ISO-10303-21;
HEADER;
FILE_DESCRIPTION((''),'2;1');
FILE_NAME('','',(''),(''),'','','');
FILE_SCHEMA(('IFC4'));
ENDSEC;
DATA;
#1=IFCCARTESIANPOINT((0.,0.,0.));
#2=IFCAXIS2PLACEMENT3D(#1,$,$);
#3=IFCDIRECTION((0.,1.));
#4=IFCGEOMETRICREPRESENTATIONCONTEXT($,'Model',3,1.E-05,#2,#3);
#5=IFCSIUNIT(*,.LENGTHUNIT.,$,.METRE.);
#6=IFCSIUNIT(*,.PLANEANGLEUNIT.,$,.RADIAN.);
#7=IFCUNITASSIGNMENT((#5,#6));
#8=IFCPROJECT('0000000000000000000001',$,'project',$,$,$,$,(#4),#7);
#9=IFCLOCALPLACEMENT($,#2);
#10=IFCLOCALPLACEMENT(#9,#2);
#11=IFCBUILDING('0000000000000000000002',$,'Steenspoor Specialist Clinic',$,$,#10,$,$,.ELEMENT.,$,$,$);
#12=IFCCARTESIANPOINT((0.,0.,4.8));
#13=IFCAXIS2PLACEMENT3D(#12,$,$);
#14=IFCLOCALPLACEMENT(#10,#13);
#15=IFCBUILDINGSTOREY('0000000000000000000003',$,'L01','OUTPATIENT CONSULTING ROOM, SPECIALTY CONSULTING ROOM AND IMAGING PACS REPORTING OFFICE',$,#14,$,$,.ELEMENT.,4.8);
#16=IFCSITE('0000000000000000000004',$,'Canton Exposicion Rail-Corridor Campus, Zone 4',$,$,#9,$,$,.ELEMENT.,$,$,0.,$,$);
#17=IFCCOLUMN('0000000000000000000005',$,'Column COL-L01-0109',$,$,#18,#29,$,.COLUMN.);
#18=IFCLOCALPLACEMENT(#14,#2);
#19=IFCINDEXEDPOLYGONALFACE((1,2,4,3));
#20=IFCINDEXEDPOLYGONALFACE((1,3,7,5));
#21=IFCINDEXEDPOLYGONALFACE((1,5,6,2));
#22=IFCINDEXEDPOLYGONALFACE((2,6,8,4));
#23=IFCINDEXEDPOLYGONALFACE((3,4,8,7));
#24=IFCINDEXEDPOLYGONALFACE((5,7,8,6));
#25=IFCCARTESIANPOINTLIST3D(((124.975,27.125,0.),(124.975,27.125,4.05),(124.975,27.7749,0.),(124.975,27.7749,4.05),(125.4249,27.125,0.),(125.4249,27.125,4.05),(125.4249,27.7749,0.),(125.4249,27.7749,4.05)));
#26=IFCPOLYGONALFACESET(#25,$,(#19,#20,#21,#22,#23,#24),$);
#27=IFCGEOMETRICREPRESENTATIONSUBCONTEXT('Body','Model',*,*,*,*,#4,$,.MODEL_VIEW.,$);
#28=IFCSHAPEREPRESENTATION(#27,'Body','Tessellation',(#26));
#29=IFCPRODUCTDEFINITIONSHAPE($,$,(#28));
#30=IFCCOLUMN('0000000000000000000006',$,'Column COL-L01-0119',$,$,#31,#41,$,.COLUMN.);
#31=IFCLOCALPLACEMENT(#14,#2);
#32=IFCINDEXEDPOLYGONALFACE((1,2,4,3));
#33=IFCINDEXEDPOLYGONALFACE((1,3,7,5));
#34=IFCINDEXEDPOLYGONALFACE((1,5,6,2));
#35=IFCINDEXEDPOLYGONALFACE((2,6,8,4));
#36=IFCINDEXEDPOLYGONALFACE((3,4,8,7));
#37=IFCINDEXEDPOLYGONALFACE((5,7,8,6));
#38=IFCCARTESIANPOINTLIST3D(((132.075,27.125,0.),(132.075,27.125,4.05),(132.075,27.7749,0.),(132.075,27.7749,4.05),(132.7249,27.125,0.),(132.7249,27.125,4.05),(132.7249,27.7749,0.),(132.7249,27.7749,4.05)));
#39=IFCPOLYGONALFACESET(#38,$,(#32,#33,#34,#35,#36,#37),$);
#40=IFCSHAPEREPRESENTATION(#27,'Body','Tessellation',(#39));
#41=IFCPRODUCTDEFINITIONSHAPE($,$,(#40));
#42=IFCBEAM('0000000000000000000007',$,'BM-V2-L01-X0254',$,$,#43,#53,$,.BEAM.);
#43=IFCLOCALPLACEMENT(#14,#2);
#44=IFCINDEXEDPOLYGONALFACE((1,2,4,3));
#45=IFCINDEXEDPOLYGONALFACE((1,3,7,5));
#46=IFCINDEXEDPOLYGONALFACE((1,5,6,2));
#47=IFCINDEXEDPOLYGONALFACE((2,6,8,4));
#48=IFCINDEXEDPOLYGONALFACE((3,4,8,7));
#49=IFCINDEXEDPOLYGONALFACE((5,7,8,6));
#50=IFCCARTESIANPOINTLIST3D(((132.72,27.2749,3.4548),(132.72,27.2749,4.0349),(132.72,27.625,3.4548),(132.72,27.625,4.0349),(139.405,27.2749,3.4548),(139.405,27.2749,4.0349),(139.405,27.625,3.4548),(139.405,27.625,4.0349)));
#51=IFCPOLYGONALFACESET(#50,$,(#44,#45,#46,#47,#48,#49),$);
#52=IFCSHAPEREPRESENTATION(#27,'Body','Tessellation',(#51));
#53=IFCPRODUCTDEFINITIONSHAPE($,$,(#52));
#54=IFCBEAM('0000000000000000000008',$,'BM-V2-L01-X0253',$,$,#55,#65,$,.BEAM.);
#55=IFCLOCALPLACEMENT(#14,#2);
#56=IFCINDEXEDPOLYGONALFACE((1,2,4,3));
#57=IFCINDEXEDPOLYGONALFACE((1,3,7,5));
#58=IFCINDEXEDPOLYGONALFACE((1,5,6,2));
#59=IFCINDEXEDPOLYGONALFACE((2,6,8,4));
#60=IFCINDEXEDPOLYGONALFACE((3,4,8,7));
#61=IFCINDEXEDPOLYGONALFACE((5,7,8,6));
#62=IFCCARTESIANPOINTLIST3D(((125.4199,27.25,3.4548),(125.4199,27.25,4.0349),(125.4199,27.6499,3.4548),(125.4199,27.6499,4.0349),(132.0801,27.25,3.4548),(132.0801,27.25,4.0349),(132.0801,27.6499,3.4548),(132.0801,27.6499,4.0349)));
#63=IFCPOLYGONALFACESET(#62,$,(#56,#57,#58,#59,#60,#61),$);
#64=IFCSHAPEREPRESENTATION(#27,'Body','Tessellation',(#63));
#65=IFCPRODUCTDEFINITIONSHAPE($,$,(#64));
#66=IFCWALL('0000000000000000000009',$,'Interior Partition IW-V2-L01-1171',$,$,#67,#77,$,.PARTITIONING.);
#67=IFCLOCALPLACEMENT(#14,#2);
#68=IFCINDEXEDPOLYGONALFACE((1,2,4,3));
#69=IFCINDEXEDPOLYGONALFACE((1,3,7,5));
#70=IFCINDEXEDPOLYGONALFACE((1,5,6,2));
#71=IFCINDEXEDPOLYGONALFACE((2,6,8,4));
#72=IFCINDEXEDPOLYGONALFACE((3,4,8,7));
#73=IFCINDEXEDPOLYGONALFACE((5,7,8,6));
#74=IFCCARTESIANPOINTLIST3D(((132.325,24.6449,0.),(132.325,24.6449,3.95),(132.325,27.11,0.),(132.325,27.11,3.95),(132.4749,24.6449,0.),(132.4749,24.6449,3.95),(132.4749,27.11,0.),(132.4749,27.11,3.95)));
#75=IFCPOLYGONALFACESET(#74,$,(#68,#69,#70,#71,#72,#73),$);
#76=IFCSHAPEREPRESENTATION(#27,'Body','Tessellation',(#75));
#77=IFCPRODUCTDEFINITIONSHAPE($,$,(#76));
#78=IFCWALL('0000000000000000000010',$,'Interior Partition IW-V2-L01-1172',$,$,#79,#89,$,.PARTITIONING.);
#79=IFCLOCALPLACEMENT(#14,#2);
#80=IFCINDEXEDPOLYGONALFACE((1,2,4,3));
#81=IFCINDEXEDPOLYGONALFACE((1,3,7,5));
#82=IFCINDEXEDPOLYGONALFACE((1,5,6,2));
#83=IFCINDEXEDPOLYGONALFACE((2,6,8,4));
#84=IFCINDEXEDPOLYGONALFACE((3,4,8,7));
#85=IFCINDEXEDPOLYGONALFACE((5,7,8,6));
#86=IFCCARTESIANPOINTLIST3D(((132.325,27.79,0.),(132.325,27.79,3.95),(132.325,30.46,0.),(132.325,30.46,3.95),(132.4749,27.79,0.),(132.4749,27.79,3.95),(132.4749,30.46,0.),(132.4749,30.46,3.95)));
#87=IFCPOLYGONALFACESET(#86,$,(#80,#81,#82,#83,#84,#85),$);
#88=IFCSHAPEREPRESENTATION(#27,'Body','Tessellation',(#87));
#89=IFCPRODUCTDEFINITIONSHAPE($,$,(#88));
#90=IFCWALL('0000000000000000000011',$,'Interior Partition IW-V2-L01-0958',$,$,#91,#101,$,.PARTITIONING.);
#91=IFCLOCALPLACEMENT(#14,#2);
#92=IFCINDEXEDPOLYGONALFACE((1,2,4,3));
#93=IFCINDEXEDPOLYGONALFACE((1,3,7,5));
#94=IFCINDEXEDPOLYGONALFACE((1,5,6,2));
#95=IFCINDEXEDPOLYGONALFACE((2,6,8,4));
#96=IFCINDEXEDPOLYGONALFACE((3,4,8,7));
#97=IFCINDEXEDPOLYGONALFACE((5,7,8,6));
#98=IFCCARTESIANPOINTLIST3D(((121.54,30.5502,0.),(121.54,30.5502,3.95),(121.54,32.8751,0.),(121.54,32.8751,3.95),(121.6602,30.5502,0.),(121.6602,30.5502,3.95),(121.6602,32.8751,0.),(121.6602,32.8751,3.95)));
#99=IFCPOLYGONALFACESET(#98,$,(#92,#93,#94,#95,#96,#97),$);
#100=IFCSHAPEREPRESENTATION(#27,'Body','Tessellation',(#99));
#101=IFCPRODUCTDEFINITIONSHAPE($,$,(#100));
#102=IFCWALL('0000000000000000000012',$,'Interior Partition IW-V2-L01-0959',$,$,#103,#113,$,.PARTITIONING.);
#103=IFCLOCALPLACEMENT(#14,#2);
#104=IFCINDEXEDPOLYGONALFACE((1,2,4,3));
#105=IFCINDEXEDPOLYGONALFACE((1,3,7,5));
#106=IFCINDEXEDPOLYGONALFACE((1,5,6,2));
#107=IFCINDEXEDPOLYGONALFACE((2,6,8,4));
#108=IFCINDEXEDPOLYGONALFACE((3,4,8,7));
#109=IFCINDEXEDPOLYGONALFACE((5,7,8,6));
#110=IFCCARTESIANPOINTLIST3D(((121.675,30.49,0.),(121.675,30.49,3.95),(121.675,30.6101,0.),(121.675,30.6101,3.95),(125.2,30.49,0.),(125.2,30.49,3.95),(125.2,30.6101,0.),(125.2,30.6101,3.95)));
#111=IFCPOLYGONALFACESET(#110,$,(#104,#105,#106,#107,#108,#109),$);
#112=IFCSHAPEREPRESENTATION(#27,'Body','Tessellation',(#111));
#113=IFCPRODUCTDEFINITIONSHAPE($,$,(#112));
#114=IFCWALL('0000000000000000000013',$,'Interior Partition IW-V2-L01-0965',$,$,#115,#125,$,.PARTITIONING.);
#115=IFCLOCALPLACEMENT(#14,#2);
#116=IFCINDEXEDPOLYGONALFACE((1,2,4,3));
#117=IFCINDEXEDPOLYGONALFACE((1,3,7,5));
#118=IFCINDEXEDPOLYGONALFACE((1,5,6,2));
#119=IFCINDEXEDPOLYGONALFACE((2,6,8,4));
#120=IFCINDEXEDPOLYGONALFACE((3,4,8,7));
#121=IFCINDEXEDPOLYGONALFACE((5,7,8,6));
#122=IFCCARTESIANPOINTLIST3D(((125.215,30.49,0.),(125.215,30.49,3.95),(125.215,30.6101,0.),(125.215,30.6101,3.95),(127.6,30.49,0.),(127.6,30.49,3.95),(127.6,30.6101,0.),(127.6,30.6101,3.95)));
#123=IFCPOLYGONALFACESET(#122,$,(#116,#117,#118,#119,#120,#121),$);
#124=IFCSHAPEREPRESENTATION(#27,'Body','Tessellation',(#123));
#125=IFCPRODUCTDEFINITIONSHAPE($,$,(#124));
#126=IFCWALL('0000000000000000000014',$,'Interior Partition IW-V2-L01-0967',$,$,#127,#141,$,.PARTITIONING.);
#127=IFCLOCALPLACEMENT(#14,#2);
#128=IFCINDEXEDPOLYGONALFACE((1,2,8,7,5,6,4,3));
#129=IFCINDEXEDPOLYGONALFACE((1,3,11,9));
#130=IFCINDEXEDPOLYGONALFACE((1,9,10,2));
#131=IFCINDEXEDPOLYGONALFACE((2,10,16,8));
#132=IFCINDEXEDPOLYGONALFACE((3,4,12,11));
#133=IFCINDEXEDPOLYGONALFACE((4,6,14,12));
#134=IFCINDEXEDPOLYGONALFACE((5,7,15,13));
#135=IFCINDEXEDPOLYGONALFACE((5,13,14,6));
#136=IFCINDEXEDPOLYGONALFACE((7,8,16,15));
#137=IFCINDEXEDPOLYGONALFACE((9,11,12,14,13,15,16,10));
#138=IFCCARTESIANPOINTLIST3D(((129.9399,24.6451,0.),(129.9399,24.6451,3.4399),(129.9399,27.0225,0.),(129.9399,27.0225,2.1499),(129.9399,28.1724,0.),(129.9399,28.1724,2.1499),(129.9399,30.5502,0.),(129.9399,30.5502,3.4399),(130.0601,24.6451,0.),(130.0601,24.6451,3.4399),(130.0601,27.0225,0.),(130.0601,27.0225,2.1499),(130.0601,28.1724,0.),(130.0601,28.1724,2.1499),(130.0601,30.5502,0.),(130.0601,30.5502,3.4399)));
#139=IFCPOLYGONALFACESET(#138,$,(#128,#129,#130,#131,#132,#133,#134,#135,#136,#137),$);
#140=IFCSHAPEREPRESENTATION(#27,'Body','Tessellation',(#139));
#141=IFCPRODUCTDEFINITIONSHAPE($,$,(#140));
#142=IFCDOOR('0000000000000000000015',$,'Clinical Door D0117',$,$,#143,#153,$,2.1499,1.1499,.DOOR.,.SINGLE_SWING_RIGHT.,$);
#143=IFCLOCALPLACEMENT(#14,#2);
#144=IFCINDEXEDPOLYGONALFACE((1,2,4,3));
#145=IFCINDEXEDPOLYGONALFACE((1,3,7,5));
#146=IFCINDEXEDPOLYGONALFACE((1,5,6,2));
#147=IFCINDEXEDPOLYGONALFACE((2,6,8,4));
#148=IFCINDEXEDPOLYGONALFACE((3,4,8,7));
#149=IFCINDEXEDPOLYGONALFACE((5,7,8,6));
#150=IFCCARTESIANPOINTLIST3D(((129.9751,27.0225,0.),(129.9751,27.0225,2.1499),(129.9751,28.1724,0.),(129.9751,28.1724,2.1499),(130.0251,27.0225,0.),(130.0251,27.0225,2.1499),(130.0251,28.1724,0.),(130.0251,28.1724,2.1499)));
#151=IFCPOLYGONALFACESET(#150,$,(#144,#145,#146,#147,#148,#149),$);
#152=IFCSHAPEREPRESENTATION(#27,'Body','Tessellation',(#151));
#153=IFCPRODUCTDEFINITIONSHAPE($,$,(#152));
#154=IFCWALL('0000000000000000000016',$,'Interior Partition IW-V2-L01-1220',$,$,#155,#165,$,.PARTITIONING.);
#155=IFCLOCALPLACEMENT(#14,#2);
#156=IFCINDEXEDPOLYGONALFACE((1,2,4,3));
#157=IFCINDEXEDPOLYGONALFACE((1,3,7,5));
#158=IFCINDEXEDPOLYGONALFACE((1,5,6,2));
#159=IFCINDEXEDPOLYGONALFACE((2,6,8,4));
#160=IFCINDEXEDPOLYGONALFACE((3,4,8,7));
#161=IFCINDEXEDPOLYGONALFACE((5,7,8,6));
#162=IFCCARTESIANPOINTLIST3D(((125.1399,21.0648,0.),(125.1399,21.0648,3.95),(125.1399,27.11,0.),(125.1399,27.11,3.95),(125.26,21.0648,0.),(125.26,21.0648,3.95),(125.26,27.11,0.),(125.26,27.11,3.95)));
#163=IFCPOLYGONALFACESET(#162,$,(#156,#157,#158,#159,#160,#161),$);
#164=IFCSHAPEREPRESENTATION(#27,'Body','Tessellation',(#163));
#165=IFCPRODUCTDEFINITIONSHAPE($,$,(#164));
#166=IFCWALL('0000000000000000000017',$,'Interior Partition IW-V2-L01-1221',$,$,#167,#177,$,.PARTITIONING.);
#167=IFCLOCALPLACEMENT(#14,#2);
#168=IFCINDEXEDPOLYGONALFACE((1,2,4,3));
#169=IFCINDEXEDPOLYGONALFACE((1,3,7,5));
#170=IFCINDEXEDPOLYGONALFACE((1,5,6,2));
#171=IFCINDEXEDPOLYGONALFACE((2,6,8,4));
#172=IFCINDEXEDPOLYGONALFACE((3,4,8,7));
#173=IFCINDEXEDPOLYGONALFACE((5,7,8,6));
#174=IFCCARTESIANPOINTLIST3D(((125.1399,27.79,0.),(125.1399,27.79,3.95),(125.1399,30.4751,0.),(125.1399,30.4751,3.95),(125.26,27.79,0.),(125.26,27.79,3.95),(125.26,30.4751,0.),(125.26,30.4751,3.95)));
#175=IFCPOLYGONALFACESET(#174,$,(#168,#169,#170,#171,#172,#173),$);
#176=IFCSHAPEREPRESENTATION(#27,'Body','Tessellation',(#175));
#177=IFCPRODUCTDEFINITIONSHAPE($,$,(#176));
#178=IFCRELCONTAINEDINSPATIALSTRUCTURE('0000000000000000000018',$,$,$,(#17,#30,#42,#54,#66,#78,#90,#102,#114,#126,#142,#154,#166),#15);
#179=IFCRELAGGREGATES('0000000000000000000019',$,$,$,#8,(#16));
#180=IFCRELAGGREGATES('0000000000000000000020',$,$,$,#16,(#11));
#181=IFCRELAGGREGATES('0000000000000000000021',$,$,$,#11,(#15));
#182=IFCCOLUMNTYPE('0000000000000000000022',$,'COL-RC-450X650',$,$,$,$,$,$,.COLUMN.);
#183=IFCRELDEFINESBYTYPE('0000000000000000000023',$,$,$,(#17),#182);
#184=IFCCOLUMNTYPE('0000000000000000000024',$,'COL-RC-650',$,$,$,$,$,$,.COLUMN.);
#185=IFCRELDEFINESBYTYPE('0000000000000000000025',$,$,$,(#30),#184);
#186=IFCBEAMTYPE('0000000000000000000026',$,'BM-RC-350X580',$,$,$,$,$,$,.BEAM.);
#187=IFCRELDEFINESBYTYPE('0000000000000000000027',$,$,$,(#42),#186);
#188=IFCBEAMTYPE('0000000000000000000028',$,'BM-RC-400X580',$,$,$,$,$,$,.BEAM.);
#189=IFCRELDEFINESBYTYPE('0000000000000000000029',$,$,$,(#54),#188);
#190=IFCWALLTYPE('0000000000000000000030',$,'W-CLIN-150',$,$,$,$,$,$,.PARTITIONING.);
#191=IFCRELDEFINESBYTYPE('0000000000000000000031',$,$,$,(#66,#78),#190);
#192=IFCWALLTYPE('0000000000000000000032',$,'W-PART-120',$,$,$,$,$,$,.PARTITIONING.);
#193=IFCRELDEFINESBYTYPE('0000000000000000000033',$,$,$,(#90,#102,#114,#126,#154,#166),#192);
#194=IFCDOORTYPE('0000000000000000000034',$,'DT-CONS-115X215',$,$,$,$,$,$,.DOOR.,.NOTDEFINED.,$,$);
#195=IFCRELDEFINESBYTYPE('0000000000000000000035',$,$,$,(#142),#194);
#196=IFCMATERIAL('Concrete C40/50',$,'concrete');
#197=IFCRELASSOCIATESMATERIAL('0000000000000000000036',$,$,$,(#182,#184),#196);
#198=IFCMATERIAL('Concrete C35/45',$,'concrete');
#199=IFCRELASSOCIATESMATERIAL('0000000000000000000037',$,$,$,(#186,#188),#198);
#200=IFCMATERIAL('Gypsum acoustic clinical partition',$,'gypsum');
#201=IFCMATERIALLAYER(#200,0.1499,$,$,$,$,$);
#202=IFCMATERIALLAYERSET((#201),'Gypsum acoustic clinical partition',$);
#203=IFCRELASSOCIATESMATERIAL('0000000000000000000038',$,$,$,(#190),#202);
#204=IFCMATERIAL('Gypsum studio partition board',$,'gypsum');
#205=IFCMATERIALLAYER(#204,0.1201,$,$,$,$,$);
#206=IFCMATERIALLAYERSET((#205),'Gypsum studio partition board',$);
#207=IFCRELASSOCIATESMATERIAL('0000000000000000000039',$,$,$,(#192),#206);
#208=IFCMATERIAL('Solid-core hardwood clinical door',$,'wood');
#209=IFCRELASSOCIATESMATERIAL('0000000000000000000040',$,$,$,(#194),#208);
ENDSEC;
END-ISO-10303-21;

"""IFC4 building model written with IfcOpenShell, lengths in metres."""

from ifc_helpers import new_model, si_unit, direction, frame, frame_2d, origin, origin_2d, place, context, subcontext, project, spatial, rectangle, extrude, material, layer, layer_set, material_profile, profile_set, type_object, element, fill, save


model = new_model("IFC4")

# Units and contexts
model_context = context("Model", 3, precision=1e-05, world=origin(), true_north=direction((0.0, 1.0)))
body_context = subcontext(model_context, "Body", "Model", "MODEL_VIEW")
ifc_project = project(units=[si_unit("LENGTHUNIT", "METRE"), si_unit("PLANEANGLEUNIT", "RADIAN")], contexts=[model_context])

# Site, building, storey
site_placement = place(None, origin())
site = spatial("IfcSite", under=ifc_project, at=site_placement, Name="Canton Exposicion Rail-Corridor Campus, Zone 4", CompositionType="ELEMENT", RefElevation=0.0)
building_placement = place(site_placement, origin())
building = spatial("IfcBuilding", under=site, at=building_placement, Name="Steenspoor Specialist Clinic", CompositionType="ELEMENT")
storey_placement = place(building_placement, frame((0.0, 0.0, 4.8)))
storey = spatial("IfcBuildingStorey", under=building, at=storey_placement, Name="L01", Description="OUTPATIENT CONSULTING ROOM, SPECIALTY CONSULTING ROOM AND IMAGING PACS REPORTING OFFICE", CompositionType="ELEMENT", Elevation=4.8)

# Columns
ifc_material_1 = material(Name="Concrete C40/50", Category="concrete")
ifc_material_profile_1 = material_profile(ifc_material_1, rectangle(XDim=0.45, YDim=0.6499, at=origin_2d()), Name="RC-COL-450X650")
ifc_profile_set_1 = profile_set([ifc_material_profile_1], Name="Concrete C40/50")
column_type_1 = type_object("IfcColumnType", Name="COL-RC-450X650", PredefinedType="COLUMN", material=ifc_profile_set_1)
column_1_placement = place(storey_placement, frame((125.2, 27.45, 0.0), z_axis=(0.0, 0.0, 1.0), x_axis=(1.0, 0.0, 0.0)))
element("IfcColumn", 1, at=column_1_placement, inside=storey, type_object=column_type_1, Name="Column COL-L01-0109", PredefinedType="COLUMN", context=body_context, shape_type="SweptSolid", body=[
    extrude(rectangle(XDim=0.45, YDim=0.6499, at=origin_2d()), origin(), (0.0, 0.0, 1.0), 4.05),
])
ifc_material_profile_2 = material_profile(ifc_material_1, rectangle(XDim=0.6499, YDim=0.6499, at=origin_2d()), Name="RC-COL-650X650")
ifc_profile_set_2 = profile_set([ifc_material_profile_2], Name="Concrete C40/50")
column_type_2 = type_object("IfcColumnType", Name="COL-RC-650", PredefinedType="COLUMN", material=ifc_profile_set_2)
column_2_placement = place(storey_placement, frame((132.3999, 27.45, 0.0), z_axis=(0.0, 0.0, 1.0), x_axis=(1.0, 0.0, 0.0)))
element("IfcColumn", 2, at=column_2_placement, inside=storey, type_object=column_type_2, Name="Column COL-L01-0119", PredefinedType="COLUMN", context=body_context, shape_type="SweptSolid", body=[
    extrude(rectangle(XDim=0.6499, YDim=0.6499, at=origin_2d()), origin(), (0.0, 0.0, 1.0), 4.05),
])

# Beams
ifc_material_2 = material(Name="Concrete C35/45", Category="concrete")
ifc_material_profile_3 = material_profile(ifc_material_2, rectangle(XDim=0.3501, YDim=0.5801, at=origin_2d()), Name="RC-BM-350X580")
ifc_profile_set_3 = profile_set([ifc_material_profile_3], Name="Concrete C35/45")
beam_type_1 = type_object("IfcBeamType", Name="BM-RC-350X580", PredefinedType="BEAM", material=ifc_profile_set_3)
beam_1_placement = place(storey_placement, frame((132.72, 27.45, 3.7449), z_axis=(1.0, 0.0, 0.0), x_axis=(0.0, 1.0, 0.0)))
element("IfcBeam", 3, at=beam_1_placement, inside=storey, type_object=beam_type_1, Name="BM-V2-L01-X0254", PredefinedType="BEAM", context=body_context, shape_type="SweptSolid", body=[
    extrude(rectangle(XDim=0.3501, YDim=0.5801, at=origin_2d()), origin(), (0.0, 0.0, 1.0), 6.6851),
])
ifc_material_profile_4 = material_profile(ifc_material_2, rectangle(XDim=0.3999, YDim=0.5801, at=origin_2d()), Name="RC-BM-400X580")
ifc_profile_set_4 = profile_set([ifc_material_profile_4], Name="Concrete C35/45")
beam_type_2 = type_object("IfcBeamType", Name="BM-RC-400X580", PredefinedType="BEAM", material=ifc_profile_set_4)
beam_2_placement = place(storey_placement, frame((125.4199, 27.45, 3.7449), z_axis=(1.0, 0.0, 0.0), x_axis=(0.0, 1.0, 0.0)))
element("IfcBeam", 4, at=beam_2_placement, inside=storey, type_object=beam_type_2, Name="BM-V2-L01-X0253", PredefinedType="BEAM", context=body_context, shape_type="SweptSolid", body=[
    extrude(rectangle(XDim=0.3999, YDim=0.5801, at=origin_2d()), origin(), (0.0, 0.0, 1.0), 6.6602),
])

# Walls
ifc_material_3 = material(Name="Gypsum acoustic clinical partition", Category="gypsum")
ifc_layer_1 = layer(ifc_material_3, 0.1499)
ifc_layer_set_1 = layer_set([ifc_layer_1], Name="Gypsum acoustic clinical partition")
wall_type_1 = type_object("IfcWallType", Name="W-CLIN-150", PredefinedType="PARTITIONING", material=ifc_layer_set_1)
wall_1_placement = place(storey_placement, frame((132.3999, 24.645, 0.0), z_axis=(0.0, 0.0, 1.0), x_axis=(0.0, 1.0, 0.0)))
element("IfcWall", 5, at=wall_1_placement, inside=storey, type_object=wall_type_1, Name="Interior Partition IW-V2-L01-1171", PredefinedType="PARTITIONING", context=body_context, shape_type="SweptSolid", body=[
    extrude(rectangle(XDim=2.4651, YDim=0.1499, at=frame_2d((1.2324, 0.0))), origin(), (0.0, 0.0, 1.0), 3.95),
])
wall_2_placement = place(storey_placement, frame((132.3999, 27.79, 0.0), z_axis=(0.0, 0.0, 1.0), x_axis=(0.0, 1.0, 0.0)))
element("IfcWall", 6, at=wall_2_placement, inside=storey, type_object=wall_type_1, Name="Interior Partition IW-V2-L01-1172", PredefinedType="PARTITIONING", context=body_context, shape_type="SweptSolid", body=[
    extrude(rectangle(XDim=2.6699, YDim=0.1499, at=frame_2d((1.335, 0.0))), origin(), (0.0, 0.0, 1.0), 3.95),
])
ifc_material_4 = material(Name="Gypsum studio partition board", Category="gypsum")
ifc_layer_2 = layer(ifc_material_4, 0.1201)
ifc_layer_set_2 = layer_set([ifc_layer_2], Name="Gypsum studio partition board")
wall_type_2 = type_object("IfcWallType", Name="W-PART-120", PredefinedType="PARTITIONING", material=ifc_layer_set_2)
wall_3_placement = place(storey_placement, frame((121.6001, 30.55, 0.0), z_axis=(0.0, 0.0, 1.0), x_axis=(0.0, 1.0, 0.0)))
element("IfcWall", 7, at=wall_3_placement, inside=storey, type_object=wall_type_2, Name="Interior Partition IW-V2-L01-0958", PredefinedType="PARTITIONING", context=body_context, shape_type="SweptSolid", body=[
    extrude(rectangle(XDim=2.325, YDim=0.1201, at=frame_2d((1.1626, 0.0))), origin(), (0.0, 0.0, 1.0), 3.95),
])
wall_4_placement = place(storey_placement, frame((121.675, 30.55, 0.0), z_axis=(0.0, 0.0, 1.0), x_axis=(1.0, 0.0, 0.0)))
element("IfcWall", 8, at=wall_4_placement, inside=storey, type_object=wall_type_2, Name="Interior Partition IW-V2-L01-0959", PredefinedType="PARTITIONING", context=body_context, shape_type="SweptSolid", body=[
    extrude(rectangle(XDim=3.5249, YDim=0.1201, at=frame_2d((1.7625, 0.0))), origin(), (0.0, 0.0, 1.0), 3.95),
])
wall_5_placement = place(storey_placement, frame((125.2151, 30.55, 0.0), z_axis=(0.0, 0.0, 1.0), x_axis=(1.0, 0.0, 0.0)))
element("IfcWall", 9, at=wall_5_placement, inside=storey, type_object=wall_type_2, Name="Interior Partition IW-V2-L01-0965", PredefinedType="PARTITIONING", context=body_context, shape_type="SweptSolid", body=[
    extrude(rectangle(XDim=2.385, YDim=0.1201, at=frame_2d((1.1924, 0.0))), origin(), (0.0, 0.0, 1.0), 3.95),
])

# Wall, opening, door
wall_6_placement = place(storey_placement, frame((130.0, 24.645, 0.0), z_axis=(0.0, 0.0, 1.0), x_axis=(0.0, 1.0, 0.0)))
wall_6 = element("IfcWall", 10, at=wall_6_placement, inside=storey, type_object=wall_type_2, Name="Interior Partition IW-V2-L01-0967", PredefinedType="PARTITIONING", context=body_context, shape_type="SweptSolid", body=[
    extrude(rectangle(XDim=5.905, YDim=0.1201, at=frame_2d((2.9526, 0.0))), origin(), (0.0, 0.0, 1.0), 3.4399),
])
opening_placement = place(wall_6_placement, frame((2.3774, 0.0, 0.0)))
opening = element("IfcOpeningElement", 11, at=opening_placement, cuts=wall_6, PredefinedType="OPENING", context=body_context, shape_type="SweptSolid", body=[
    extrude(rectangle(XDim=1.1499, YDim=2.1499, at=frame_2d((0.575, 1.075))), frame((0.0, 0.0701, 0.0), z_axis=(0.0, -1.0, 0.0), x_axis=(1.0, 0.0, 0.0)), (0.0, 0.0, 1.0), 0.1401),
])
ifc_material_5 = material(Name="Solid-core hardwood clinical door", Category="wood")
door_type = type_object("IfcDoorType", Name="DT-CONS-115X215", OperationType="NOTDEFINED", PredefinedType="DOOR", material=ifc_material_5)
door_placement = place(opening_placement, origin())
door = element("IfcDoor", 12, at=door_placement, inside=storey, type_object=door_type, Name="Clinical Door D0117", OperationType="SINGLE_SWING_RIGHT", OverallHeight=2.1499, OverallWidth=1.1499, PredefinedType="DOOR", context=body_context, shape_type="SweptSolid", body=[
    extrude(rectangle(XDim=1.1499, YDim=2.1499, at=frame_2d((0.575, 1.075))), frame((0.0, 0.0249, 0.0), z_axis=(0.0, -1.0, 0.0), x_axis=(1.0, 0.0, 0.0)), (0.0, 0.0, 1.0), 0.05),
])
fill(opening, door)

# Walls
wall_7_placement = place(storey_placement, frame((125.2, 21.0649, 0.0), z_axis=(0.0, 0.0, 1.0), x_axis=(0.0, 1.0, 0.0)))
element("IfcWall", 13, at=wall_7_placement, inside=storey, type_object=wall_type_2, Name="Interior Partition IW-V2-L01-1220", PredefinedType="PARTITIONING", context=body_context, shape_type="SweptSolid", body=[
    extrude(rectangle(XDim=6.0452, YDim=0.1201, at=frame_2d((3.0225, 0.0))), origin(), (0.0, 0.0, 1.0), 3.95),
])
wall_8_placement = place(storey_placement, frame((125.2, 27.79, 0.0), z_axis=(0.0, 0.0, 1.0), x_axis=(0.0, 1.0, 0.0)))
element("IfcWall", 14, at=wall_8_placement, inside=storey, type_object=wall_type_2, Name="Interior Partition IW-V2-L01-1221", PredefinedType="PARTITIONING", context=body_context, shape_type="SweptSolid", body=[
    extrude(rectangle(XDim=2.6851, YDim=0.1201, at=frame_2d((1.3425, 0.0))), origin(), (0.0, 0.0, 1.0), 3.95),
])

save(model, "model.ifc")
